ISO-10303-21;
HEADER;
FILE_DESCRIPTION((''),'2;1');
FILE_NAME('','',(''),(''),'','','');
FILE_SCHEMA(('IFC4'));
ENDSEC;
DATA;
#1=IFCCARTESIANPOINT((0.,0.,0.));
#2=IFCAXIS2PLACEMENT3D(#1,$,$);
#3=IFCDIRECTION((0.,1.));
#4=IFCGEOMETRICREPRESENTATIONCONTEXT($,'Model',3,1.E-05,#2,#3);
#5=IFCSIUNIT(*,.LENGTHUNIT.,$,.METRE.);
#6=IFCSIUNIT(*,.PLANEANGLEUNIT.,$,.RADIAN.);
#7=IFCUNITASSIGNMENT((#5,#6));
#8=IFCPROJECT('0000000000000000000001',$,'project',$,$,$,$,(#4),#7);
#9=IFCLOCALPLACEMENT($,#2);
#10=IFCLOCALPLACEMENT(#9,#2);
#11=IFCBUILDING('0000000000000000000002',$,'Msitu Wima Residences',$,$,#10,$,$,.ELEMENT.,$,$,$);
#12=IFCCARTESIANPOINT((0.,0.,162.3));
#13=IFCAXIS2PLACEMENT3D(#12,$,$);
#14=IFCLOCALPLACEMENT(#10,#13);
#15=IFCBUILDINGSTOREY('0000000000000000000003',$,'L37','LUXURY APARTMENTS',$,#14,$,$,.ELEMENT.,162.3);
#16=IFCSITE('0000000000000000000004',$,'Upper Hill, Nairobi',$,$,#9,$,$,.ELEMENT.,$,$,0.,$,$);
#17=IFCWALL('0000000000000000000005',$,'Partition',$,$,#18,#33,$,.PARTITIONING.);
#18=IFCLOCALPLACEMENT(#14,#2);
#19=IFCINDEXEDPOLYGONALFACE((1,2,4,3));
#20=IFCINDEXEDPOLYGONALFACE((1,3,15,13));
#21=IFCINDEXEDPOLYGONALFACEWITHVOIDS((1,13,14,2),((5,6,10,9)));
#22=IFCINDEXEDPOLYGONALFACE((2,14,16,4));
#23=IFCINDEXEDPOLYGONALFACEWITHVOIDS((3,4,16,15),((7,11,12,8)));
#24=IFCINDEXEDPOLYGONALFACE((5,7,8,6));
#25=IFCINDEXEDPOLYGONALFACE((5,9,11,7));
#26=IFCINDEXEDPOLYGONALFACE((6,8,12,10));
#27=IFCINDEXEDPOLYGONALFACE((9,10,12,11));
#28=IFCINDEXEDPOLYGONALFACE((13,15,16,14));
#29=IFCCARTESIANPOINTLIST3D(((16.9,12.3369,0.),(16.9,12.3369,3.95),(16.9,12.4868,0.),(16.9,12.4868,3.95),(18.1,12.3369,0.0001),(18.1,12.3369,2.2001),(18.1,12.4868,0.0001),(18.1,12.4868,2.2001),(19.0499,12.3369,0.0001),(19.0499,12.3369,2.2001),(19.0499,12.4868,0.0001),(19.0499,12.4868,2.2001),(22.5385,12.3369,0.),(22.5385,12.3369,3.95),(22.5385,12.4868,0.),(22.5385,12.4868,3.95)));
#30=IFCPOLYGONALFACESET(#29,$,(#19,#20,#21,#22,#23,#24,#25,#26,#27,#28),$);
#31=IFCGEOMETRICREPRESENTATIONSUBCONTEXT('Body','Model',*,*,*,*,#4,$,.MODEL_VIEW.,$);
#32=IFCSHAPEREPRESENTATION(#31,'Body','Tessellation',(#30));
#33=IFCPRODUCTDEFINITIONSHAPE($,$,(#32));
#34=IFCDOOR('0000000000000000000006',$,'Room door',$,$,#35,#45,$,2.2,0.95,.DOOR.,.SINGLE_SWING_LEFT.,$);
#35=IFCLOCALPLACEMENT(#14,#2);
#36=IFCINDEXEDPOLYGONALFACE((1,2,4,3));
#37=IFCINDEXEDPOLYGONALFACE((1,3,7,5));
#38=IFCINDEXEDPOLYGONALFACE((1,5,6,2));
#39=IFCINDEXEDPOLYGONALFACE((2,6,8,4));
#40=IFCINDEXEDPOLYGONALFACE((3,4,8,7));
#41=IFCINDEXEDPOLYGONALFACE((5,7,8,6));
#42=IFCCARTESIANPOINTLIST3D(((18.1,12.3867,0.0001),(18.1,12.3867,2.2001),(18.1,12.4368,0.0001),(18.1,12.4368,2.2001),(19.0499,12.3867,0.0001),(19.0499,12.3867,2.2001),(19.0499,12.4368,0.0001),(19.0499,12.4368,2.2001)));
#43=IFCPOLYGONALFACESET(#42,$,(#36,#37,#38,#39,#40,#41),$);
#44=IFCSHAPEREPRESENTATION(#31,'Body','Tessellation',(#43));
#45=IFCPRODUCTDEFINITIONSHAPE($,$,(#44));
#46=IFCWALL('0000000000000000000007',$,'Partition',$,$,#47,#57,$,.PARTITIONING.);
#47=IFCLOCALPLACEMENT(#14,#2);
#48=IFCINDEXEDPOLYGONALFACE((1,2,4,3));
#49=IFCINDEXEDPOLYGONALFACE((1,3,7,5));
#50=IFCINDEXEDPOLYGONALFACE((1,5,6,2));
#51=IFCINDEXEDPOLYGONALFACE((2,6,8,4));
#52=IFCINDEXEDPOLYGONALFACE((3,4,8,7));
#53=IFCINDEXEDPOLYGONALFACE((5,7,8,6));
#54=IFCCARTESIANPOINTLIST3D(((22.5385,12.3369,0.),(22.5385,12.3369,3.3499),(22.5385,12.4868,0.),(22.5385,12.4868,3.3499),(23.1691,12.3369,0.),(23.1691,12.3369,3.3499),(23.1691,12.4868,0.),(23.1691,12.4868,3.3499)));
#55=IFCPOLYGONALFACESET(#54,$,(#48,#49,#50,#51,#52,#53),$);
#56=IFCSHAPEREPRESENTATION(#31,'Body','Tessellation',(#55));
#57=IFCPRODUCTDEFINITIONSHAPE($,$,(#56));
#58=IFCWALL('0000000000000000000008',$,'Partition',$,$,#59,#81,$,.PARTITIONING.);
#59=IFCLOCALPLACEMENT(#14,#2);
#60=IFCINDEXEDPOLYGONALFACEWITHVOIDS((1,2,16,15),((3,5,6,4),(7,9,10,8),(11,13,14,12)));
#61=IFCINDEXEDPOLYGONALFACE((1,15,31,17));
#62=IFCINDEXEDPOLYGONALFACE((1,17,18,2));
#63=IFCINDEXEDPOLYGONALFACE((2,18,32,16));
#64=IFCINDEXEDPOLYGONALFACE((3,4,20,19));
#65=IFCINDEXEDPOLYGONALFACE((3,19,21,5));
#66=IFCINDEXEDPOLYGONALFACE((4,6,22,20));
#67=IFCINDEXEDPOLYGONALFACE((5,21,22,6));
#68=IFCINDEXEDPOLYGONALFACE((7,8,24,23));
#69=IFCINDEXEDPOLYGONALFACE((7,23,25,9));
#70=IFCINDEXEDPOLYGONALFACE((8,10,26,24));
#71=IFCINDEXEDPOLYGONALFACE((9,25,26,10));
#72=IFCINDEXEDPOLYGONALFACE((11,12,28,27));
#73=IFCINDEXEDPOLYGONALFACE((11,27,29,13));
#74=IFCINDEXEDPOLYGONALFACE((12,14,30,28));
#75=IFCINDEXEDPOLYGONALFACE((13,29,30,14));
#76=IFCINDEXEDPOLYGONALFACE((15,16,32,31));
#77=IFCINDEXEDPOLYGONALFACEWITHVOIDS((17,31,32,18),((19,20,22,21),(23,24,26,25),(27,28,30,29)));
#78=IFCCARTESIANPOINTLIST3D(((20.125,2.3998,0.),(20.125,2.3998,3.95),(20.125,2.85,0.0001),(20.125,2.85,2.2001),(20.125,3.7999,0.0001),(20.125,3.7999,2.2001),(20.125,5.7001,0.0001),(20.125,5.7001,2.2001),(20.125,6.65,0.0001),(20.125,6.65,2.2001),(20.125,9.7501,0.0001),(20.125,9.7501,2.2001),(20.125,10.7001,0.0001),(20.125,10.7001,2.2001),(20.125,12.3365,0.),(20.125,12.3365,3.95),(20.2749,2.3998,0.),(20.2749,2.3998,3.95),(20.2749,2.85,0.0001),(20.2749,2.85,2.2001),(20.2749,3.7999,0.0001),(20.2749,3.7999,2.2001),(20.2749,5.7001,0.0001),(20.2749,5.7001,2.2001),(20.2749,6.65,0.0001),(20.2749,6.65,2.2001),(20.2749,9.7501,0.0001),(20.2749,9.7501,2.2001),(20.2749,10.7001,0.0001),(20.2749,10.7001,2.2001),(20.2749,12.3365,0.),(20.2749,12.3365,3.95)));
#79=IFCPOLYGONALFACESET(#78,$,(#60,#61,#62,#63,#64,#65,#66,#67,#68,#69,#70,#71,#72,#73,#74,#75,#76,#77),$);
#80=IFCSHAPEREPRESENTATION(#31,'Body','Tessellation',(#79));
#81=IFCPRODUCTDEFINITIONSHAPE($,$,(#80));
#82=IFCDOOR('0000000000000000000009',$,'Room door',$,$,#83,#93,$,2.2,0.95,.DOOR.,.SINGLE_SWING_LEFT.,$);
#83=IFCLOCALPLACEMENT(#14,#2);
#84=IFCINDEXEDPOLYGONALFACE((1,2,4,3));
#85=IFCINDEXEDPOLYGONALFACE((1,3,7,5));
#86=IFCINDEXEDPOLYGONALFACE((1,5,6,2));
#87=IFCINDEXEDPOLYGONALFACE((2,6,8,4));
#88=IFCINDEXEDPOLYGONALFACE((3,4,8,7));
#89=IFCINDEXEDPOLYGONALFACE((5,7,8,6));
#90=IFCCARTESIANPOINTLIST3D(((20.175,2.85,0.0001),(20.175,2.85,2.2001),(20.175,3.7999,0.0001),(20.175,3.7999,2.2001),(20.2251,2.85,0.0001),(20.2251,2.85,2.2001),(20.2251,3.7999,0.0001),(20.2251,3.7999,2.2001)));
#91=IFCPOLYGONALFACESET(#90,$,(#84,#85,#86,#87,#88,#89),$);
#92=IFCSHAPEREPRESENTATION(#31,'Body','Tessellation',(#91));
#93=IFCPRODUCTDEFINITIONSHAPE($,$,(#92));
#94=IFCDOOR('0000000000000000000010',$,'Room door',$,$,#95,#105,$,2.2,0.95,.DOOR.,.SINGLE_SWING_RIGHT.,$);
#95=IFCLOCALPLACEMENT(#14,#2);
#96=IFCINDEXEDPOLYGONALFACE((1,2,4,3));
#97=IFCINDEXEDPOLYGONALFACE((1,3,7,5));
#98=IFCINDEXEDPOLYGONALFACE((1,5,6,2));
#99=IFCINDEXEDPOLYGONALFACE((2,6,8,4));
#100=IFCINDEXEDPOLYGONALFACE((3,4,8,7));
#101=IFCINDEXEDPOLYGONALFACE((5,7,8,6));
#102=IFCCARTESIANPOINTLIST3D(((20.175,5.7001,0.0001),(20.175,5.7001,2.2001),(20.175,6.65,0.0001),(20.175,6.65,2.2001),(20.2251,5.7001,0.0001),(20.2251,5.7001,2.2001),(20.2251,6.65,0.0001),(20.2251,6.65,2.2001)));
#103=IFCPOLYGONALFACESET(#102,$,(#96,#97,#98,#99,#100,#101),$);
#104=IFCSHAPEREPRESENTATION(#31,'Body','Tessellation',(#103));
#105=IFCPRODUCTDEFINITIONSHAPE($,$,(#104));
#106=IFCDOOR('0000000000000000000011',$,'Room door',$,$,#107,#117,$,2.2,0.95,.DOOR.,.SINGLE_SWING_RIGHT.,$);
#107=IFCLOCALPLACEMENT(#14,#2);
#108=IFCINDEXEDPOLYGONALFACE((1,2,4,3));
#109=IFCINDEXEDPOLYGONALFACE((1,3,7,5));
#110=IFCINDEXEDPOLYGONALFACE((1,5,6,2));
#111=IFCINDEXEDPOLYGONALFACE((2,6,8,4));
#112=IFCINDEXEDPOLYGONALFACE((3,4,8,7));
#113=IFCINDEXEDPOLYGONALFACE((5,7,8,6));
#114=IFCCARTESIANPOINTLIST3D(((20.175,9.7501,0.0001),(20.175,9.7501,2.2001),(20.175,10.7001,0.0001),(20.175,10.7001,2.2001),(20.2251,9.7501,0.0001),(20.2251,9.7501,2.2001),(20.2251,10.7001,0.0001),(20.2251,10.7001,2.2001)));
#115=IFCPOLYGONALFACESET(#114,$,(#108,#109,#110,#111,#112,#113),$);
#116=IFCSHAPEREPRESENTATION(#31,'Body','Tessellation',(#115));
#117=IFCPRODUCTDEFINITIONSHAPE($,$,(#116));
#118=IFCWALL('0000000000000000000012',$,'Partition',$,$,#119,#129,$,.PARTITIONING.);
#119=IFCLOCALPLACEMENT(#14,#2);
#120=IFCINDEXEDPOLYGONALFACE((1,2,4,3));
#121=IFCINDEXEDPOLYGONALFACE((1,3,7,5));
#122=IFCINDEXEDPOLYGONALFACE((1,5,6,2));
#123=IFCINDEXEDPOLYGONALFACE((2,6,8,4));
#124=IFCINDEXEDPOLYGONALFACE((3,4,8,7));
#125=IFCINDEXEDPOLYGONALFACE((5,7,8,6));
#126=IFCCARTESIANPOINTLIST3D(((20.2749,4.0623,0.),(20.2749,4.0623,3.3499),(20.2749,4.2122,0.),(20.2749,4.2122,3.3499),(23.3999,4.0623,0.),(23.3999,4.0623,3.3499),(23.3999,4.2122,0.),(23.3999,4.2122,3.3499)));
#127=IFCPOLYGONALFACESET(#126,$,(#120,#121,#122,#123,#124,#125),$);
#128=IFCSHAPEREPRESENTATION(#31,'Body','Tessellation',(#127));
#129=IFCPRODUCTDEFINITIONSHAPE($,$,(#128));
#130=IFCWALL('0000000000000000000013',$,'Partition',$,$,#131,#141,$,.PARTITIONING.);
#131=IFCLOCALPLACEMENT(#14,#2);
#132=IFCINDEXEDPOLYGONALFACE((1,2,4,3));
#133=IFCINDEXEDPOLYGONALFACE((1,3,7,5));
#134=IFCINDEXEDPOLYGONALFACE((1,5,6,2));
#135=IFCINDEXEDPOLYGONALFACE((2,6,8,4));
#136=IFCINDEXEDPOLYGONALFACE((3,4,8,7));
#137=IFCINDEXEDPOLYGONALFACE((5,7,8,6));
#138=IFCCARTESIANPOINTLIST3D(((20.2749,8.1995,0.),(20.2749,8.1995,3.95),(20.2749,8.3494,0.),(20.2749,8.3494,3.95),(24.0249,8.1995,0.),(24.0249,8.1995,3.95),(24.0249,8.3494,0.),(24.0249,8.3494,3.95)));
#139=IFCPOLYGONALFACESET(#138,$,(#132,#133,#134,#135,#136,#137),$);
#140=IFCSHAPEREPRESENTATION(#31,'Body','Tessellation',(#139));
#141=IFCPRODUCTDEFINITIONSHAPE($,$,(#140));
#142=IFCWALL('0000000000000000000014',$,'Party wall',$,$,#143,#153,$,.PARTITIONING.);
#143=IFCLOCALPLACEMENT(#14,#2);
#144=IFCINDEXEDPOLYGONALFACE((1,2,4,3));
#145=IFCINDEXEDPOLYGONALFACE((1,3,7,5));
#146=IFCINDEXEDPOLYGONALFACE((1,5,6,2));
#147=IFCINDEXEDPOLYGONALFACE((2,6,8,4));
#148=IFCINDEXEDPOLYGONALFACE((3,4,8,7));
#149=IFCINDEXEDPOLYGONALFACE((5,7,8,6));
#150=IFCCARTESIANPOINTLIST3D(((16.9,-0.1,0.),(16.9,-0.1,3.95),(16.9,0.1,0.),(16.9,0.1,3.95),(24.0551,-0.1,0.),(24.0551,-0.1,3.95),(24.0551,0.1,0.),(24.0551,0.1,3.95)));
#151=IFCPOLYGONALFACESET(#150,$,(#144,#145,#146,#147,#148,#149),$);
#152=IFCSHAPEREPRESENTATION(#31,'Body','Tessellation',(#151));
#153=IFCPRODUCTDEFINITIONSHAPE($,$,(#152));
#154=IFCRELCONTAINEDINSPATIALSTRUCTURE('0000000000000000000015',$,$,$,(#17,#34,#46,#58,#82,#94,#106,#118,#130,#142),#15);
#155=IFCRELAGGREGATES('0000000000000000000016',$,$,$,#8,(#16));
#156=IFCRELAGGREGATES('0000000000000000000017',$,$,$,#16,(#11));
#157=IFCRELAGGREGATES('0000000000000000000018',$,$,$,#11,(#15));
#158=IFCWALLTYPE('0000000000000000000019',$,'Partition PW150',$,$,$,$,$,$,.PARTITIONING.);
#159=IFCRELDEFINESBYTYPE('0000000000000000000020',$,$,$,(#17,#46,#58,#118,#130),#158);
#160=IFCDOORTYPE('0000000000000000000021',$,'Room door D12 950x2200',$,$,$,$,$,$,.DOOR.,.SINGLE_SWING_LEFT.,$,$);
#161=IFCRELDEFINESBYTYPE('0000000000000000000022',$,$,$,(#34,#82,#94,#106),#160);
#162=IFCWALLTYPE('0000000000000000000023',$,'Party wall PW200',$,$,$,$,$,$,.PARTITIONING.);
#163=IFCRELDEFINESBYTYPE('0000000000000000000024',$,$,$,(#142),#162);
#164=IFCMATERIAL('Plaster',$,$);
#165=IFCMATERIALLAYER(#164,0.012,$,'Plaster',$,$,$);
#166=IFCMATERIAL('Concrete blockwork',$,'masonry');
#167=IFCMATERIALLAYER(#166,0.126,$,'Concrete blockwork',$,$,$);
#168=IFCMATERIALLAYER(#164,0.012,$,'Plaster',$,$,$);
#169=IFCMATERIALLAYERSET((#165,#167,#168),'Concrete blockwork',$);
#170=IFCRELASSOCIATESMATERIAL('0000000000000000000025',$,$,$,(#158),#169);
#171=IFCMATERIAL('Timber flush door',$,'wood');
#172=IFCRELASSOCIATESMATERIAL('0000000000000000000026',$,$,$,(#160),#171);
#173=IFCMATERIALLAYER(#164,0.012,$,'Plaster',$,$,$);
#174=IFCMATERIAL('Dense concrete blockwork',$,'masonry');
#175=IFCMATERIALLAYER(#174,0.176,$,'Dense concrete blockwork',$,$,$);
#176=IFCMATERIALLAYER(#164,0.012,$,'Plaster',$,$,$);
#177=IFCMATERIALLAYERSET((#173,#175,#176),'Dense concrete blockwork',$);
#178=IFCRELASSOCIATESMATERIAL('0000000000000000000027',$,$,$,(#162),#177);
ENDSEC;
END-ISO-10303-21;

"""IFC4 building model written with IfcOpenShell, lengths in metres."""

from ifc_helpers import new_model, si_unit, direction, frame, frame_2d, origin, place, context, subcontext, project, spatial, rectangle, extrude, material, layer, layer_set, type_object, element, fill, save


model = new_model("IFC4")

# Units and contexts
model_context = context("Model", 3, precision=1e-05, world=origin(), true_north=direction((0.0, 1.0)))
body_context = subcontext(model_context, "Body", "Model", "MODEL_VIEW")
ifc_project = project(units=[si_unit("LENGTHUNIT", "METRE"), si_unit("PLANEANGLEUNIT", "RADIAN")], contexts=[model_context])

# Site, building, storey
site_placement = place(None, origin())
site = spatial("IfcSite", under=ifc_project, at=site_placement, Name="Upper Hill, Nairobi", CompositionType="ELEMENT", RefElevation=0.0)
building_placement = place(site_placement, origin())
building = spatial("IfcBuilding", under=site, at=building_placement, Name="Msitu Wima Residences", CompositionType="ELEMENT")
storey_placement = place(building_placement, frame((0.0, 0.0, 162.3)))
storey = spatial("IfcBuildingStorey", under=building, at=storey_placement, Name="L37", Description="LUXURY APARTMENTS", CompositionType="ELEMENT", Elevation=162.3)

# Shared definitions
ifc_material_1 = material(Name="Plaster")
ifc_material_2 = material(Name="Concrete blockwork", Category="masonry")

# Wall, opening, door
ifc_layer_1 = layer(ifc_material_1, 0.012, Name="Plaster")
ifc_layer_2 = layer(ifc_material_2, 0.126, Name="Concrete blockwork")
ifc_layer_3 = layer(ifc_material_1, 0.012, Name="Plaster")
ifc_layer_set_1 = layer_set([ifc_layer_1, ifc_layer_2, ifc_layer_3], Name="Concrete blockwork")
wall_type_1 = type_object("IfcWallType", Name="Partition PW150", PredefinedType="PARTITIONING", material=ifc_layer_set_1)
wall_1_placement = place(storey_placement, frame((16.8999, 12.4119, 0.0), z_axis=(0.0, 0.0, 1.0), x_axis=(1.0, 0.0, 0.0)))
wall_1 = element("IfcWall", 1, at=wall_1_placement, inside=storey, type_object=wall_type_1, Name="Partition", PredefinedType="PARTITIONING", context=body_context, shape_type="SweptSolid", body=[
    extrude(rectangle(XDim=5.6384, YDim=0.1499, at=frame_2d((2.8193, 0.0))), origin(), (0.0, 0.0, 1.0), 3.95),
])
opening_1_placement = place(wall_1_placement, frame((1.2, 0.0, 0.0)))
opening_1 = element("IfcOpeningElement", 2, at=opening_1_placement, cuts=wall_1, PredefinedType="OPENING", context=body_context, shape_type="SweptSolid", body=[
    extrude(rectangle(XDim=0.95, YDim=2.2, at=frame_2d((0.4751, 1.1001))), frame((0.0, 0.085, 0.0), z_axis=(0.0, -1.0, 0.0), x_axis=(1.0, 0.0, 0.0)), (0.0, 0.0, 1.0), 0.1699),
])
ifc_material_3 = material(Name="Timber flush door", Category="wood")
door_type_1 = type_object("IfcDoorType", Name="Room door D12 950x2200", OperationType="SINGLE_SWING_LEFT", PredefinedType="DOOR", material=ifc_material_3)
door_1_placement = place(opening_1_placement, origin())
door_1 = element("IfcDoor", 3, at=door_1_placement, inside=storey, type_object=door_type_1, Name="Room door", OperationType="SINGLE_SWING_LEFT", OverallHeight=2.2, OverallWidth=0.95, PredefinedType="DOOR", context=body_context, shape_type="SweptSolid", body=[
    extrude(rectangle(XDim=0.95, YDim=2.2, at=frame_2d((0.4751, 1.1001))), frame((0.0, 0.0249, 0.0), z_axis=(0.0, -1.0, 0.0), x_axis=(1.0, 0.0, 0.0)), (0.0, 0.0, 1.0), 0.05),
])
fill(opening_1, door_1)

# Wall
wall_2_placement = place(storey_placement, frame((22.5383, 12.4119, 0.0), z_axis=(0.0, 0.0, 1.0), x_axis=(1.0, 0.0, 0.0)))
element("IfcWall", 4, at=wall_2_placement, inside=storey, type_object=wall_type_1, Name="Partition", PredefinedType="PARTITIONING", context=body_context, shape_type="SweptSolid", body=[
    extrude(rectangle(XDim=0.6306, YDim=0.1499, at=frame_2d((0.3154, 0.0))), origin(), (0.0, 0.0, 1.0), 3.3499),
])

# Wall, openings, doors
wall_3_placement = place(storey_placement, frame((20.2, 2.3999, 0.0), z_axis=(0.0, 0.0, 1.0), x_axis=(0.0, 1.0, 0.0)))
wall_3 = element("IfcWall", 5, at=wall_3_placement, inside=storey, type_object=wall_type_1, Name="Partition", PredefinedType="PARTITIONING", context=body_context, shape_type="SweptSolid", body=[
    extrude(rectangle(XDim=9.9368, YDim=0.1499, at=frame_2d((4.9683, 0.0))), origin(), (0.0, 0.0, 1.0), 3.95),
])
opening_2_placement = place(wall_3_placement, frame((0.45, 0.0, 0.0)))
opening_2 = element("IfcOpeningElement", 6, at=opening_2_placement, cuts=wall_3, PredefinedType="OPENING", context=body_context, shape_type="SweptSolid", body=[
    extrude(rectangle(XDim=0.95, YDim=2.2, at=frame_2d((0.4751, 1.1001))), frame((0.0, 0.085, 0.0), z_axis=(0.0, -1.0, 0.0), x_axis=(1.0, 0.0, 0.0)), (0.0, 0.0, 1.0), 0.1699),
])
opening_3_placement = place(wall_3_placement, frame((3.3, 0.0, 0.0)))
opening_3 = element("IfcOpeningElement", 7, at=opening_3_placement, cuts=wall_3, PredefinedType="OPENING", context=body_context, shape_type="SweptSolid", body=[
    extrude(rectangle(XDim=0.95, YDim=2.2, at=frame_2d((0.4751, 1.1001))), frame((0.0, 0.085, 0.0), z_axis=(0.0, -1.0, 0.0), x_axis=(1.0, 0.0, 0.0)), (0.0, 0.0, 1.0), 0.1699),
])
opening_4_placement = place(wall_3_placement, frame((7.3501, 0.0, 0.0)))
opening_4 = element("IfcOpeningElement", 8, at=opening_4_placement, cuts=wall_3, PredefinedType="OPENING", context=body_context, shape_type="SweptSolid", body=[
    extrude(rectangle(XDim=0.95, YDim=2.2, at=frame_2d((0.4751, 1.1001))), frame((0.0, 0.085, 0.0), z_axis=(0.0, -1.0, 0.0), x_axis=(1.0, 0.0, 0.0)), (0.0, 0.0, 1.0), 0.1699),
])
door_2_placement = place(opening_2_placement, origin())
door_2 = element("IfcDoor", 9, at=door_2_placement, inside=storey, type_object=door_type_1, Name="Room door", OperationType="SINGLE_SWING_LEFT", OverallHeight=2.2, OverallWidth=0.95, PredefinedType="DOOR", context=body_context, shape_type="SweptSolid", body=[
    extrude(rectangle(XDim=0.95, YDim=2.2, at=frame_2d((0.4751, 1.1001))), frame((0.0, 0.0249, 0.0), z_axis=(0.0, -1.0, 0.0), x_axis=(1.0, 0.0, 0.0)), (0.0, 0.0, 1.0), 0.05),
])
fill(opening_2, door_2)
door_3_placement = place(opening_3_placement, origin())
door_3 = element("IfcDoor", 10, at=door_3_placement, inside=storey, type_object=door_type_1, Name="Room door", OperationType="SINGLE_SWING_RIGHT", OverallHeight=2.2, OverallWidth=0.95, PredefinedType="DOOR", context=body_context, shape_type="SweptSolid", body=[
    extrude(rectangle(XDim=0.95, YDim=2.2, at=frame_2d((0.4751, 1.1001))), frame((0.0, 0.0249, 0.0), z_axis=(0.0, -1.0, 0.0), x_axis=(1.0, 0.0, 0.0)), (0.0, 0.0, 1.0), 0.05),
])
fill(opening_3, door_3)
door_4_placement = place(opening_4_placement, origin())
door_4 = element("IfcDoor", 11, at=door_4_placement, inside=storey, type_object=door_type_1, Name="Room door", OperationType="SINGLE_SWING_RIGHT", OverallHeight=2.2, OverallWidth=0.95, PredefinedType="DOOR", context=body_context, shape_type="SweptSolid", body=[
    extrude(rectangle(XDim=0.95, YDim=2.2, at=frame_2d((0.4751, 1.1001))), frame((0.0, 0.0249, 0.0), z_axis=(0.0, -1.0, 0.0), x_axis=(1.0, 0.0, 0.0)), (0.0, 0.0, 1.0), 0.05),
])
fill(opening_4, door_4)

# Walls
wall_4_placement = place(storey_placement, frame((20.2749, 4.1372, 0.0), z_axis=(0.0, 0.0, 1.0), x_axis=(1.0, 0.0, 0.0)))
element("IfcWall", 12, at=wall_4_placement, inside=storey, type_object=wall_type_1, Name="Partition", PredefinedType="PARTITIONING", context=body_context, shape_type="SweptSolid", body=[
    extrude(rectangle(XDim=3.125, YDim=0.1499, at=frame_2d((1.5625, 0.0))), origin(), (0.0, 0.0, 1.0), 3.3499),
])
wall_5_placement = place(storey_placement, frame((20.2749, 8.2744, 0.0), z_axis=(0.0, 0.0, 1.0), x_axis=(1.0, 0.0, 0.0)))
element("IfcWall", 13, at=wall_5_placement, inside=storey, type_object=wall_type_1, Name="Partition", PredefinedType="PARTITIONING", context=body_context, shape_type="SweptSolid", body=[
    extrude(rectangle(XDim=3.75, YDim=0.1499, at=frame_2d((1.875, 0.0))), origin(), (0.0, 0.0, 1.0), 3.95),
])
ifc_layer_4 = layer(ifc_material_1, 0.012, Name="Plaster")
ifc_material_4 = material(Name="Dense concrete blockwork", Category="masonry")
ifc_layer_5 = layer(ifc_material_4, 0.176, Name="Dense concrete blockwork")
ifc_layer_6 = layer(ifc_material_1, 0.012, Name="Plaster")
ifc_layer_set_2 = layer_set([ifc_layer_4, ifc_layer_5, ifc_layer_6], Name="Dense concrete blockwork")
wall_type_2 = type_object("IfcWallType", Name="Party wall PW200", PredefinedType="PARTITIONING", material=ifc_layer_set_2)
wall_6_placement = place(storey_placement, frame((16.8999, 0.0, 0.0), z_axis=(0.0, 0.0, 1.0), x_axis=(1.0, 0.0, 0.0)))
element("IfcWall", 14, at=wall_6_placement, inside=storey, type_object=wall_type_2, Name="Party wall", PredefinedType="PARTITIONING", context=body_context, shape_type="SweptSolid", body=[
    extrude(rectangle(XDim=7.155, YDim=0.2, at=frame_2d((3.5776, 0.0))), origin(), (0.0, 0.0, 1.0), 3.95),
])

save(model, "model.ifc")
